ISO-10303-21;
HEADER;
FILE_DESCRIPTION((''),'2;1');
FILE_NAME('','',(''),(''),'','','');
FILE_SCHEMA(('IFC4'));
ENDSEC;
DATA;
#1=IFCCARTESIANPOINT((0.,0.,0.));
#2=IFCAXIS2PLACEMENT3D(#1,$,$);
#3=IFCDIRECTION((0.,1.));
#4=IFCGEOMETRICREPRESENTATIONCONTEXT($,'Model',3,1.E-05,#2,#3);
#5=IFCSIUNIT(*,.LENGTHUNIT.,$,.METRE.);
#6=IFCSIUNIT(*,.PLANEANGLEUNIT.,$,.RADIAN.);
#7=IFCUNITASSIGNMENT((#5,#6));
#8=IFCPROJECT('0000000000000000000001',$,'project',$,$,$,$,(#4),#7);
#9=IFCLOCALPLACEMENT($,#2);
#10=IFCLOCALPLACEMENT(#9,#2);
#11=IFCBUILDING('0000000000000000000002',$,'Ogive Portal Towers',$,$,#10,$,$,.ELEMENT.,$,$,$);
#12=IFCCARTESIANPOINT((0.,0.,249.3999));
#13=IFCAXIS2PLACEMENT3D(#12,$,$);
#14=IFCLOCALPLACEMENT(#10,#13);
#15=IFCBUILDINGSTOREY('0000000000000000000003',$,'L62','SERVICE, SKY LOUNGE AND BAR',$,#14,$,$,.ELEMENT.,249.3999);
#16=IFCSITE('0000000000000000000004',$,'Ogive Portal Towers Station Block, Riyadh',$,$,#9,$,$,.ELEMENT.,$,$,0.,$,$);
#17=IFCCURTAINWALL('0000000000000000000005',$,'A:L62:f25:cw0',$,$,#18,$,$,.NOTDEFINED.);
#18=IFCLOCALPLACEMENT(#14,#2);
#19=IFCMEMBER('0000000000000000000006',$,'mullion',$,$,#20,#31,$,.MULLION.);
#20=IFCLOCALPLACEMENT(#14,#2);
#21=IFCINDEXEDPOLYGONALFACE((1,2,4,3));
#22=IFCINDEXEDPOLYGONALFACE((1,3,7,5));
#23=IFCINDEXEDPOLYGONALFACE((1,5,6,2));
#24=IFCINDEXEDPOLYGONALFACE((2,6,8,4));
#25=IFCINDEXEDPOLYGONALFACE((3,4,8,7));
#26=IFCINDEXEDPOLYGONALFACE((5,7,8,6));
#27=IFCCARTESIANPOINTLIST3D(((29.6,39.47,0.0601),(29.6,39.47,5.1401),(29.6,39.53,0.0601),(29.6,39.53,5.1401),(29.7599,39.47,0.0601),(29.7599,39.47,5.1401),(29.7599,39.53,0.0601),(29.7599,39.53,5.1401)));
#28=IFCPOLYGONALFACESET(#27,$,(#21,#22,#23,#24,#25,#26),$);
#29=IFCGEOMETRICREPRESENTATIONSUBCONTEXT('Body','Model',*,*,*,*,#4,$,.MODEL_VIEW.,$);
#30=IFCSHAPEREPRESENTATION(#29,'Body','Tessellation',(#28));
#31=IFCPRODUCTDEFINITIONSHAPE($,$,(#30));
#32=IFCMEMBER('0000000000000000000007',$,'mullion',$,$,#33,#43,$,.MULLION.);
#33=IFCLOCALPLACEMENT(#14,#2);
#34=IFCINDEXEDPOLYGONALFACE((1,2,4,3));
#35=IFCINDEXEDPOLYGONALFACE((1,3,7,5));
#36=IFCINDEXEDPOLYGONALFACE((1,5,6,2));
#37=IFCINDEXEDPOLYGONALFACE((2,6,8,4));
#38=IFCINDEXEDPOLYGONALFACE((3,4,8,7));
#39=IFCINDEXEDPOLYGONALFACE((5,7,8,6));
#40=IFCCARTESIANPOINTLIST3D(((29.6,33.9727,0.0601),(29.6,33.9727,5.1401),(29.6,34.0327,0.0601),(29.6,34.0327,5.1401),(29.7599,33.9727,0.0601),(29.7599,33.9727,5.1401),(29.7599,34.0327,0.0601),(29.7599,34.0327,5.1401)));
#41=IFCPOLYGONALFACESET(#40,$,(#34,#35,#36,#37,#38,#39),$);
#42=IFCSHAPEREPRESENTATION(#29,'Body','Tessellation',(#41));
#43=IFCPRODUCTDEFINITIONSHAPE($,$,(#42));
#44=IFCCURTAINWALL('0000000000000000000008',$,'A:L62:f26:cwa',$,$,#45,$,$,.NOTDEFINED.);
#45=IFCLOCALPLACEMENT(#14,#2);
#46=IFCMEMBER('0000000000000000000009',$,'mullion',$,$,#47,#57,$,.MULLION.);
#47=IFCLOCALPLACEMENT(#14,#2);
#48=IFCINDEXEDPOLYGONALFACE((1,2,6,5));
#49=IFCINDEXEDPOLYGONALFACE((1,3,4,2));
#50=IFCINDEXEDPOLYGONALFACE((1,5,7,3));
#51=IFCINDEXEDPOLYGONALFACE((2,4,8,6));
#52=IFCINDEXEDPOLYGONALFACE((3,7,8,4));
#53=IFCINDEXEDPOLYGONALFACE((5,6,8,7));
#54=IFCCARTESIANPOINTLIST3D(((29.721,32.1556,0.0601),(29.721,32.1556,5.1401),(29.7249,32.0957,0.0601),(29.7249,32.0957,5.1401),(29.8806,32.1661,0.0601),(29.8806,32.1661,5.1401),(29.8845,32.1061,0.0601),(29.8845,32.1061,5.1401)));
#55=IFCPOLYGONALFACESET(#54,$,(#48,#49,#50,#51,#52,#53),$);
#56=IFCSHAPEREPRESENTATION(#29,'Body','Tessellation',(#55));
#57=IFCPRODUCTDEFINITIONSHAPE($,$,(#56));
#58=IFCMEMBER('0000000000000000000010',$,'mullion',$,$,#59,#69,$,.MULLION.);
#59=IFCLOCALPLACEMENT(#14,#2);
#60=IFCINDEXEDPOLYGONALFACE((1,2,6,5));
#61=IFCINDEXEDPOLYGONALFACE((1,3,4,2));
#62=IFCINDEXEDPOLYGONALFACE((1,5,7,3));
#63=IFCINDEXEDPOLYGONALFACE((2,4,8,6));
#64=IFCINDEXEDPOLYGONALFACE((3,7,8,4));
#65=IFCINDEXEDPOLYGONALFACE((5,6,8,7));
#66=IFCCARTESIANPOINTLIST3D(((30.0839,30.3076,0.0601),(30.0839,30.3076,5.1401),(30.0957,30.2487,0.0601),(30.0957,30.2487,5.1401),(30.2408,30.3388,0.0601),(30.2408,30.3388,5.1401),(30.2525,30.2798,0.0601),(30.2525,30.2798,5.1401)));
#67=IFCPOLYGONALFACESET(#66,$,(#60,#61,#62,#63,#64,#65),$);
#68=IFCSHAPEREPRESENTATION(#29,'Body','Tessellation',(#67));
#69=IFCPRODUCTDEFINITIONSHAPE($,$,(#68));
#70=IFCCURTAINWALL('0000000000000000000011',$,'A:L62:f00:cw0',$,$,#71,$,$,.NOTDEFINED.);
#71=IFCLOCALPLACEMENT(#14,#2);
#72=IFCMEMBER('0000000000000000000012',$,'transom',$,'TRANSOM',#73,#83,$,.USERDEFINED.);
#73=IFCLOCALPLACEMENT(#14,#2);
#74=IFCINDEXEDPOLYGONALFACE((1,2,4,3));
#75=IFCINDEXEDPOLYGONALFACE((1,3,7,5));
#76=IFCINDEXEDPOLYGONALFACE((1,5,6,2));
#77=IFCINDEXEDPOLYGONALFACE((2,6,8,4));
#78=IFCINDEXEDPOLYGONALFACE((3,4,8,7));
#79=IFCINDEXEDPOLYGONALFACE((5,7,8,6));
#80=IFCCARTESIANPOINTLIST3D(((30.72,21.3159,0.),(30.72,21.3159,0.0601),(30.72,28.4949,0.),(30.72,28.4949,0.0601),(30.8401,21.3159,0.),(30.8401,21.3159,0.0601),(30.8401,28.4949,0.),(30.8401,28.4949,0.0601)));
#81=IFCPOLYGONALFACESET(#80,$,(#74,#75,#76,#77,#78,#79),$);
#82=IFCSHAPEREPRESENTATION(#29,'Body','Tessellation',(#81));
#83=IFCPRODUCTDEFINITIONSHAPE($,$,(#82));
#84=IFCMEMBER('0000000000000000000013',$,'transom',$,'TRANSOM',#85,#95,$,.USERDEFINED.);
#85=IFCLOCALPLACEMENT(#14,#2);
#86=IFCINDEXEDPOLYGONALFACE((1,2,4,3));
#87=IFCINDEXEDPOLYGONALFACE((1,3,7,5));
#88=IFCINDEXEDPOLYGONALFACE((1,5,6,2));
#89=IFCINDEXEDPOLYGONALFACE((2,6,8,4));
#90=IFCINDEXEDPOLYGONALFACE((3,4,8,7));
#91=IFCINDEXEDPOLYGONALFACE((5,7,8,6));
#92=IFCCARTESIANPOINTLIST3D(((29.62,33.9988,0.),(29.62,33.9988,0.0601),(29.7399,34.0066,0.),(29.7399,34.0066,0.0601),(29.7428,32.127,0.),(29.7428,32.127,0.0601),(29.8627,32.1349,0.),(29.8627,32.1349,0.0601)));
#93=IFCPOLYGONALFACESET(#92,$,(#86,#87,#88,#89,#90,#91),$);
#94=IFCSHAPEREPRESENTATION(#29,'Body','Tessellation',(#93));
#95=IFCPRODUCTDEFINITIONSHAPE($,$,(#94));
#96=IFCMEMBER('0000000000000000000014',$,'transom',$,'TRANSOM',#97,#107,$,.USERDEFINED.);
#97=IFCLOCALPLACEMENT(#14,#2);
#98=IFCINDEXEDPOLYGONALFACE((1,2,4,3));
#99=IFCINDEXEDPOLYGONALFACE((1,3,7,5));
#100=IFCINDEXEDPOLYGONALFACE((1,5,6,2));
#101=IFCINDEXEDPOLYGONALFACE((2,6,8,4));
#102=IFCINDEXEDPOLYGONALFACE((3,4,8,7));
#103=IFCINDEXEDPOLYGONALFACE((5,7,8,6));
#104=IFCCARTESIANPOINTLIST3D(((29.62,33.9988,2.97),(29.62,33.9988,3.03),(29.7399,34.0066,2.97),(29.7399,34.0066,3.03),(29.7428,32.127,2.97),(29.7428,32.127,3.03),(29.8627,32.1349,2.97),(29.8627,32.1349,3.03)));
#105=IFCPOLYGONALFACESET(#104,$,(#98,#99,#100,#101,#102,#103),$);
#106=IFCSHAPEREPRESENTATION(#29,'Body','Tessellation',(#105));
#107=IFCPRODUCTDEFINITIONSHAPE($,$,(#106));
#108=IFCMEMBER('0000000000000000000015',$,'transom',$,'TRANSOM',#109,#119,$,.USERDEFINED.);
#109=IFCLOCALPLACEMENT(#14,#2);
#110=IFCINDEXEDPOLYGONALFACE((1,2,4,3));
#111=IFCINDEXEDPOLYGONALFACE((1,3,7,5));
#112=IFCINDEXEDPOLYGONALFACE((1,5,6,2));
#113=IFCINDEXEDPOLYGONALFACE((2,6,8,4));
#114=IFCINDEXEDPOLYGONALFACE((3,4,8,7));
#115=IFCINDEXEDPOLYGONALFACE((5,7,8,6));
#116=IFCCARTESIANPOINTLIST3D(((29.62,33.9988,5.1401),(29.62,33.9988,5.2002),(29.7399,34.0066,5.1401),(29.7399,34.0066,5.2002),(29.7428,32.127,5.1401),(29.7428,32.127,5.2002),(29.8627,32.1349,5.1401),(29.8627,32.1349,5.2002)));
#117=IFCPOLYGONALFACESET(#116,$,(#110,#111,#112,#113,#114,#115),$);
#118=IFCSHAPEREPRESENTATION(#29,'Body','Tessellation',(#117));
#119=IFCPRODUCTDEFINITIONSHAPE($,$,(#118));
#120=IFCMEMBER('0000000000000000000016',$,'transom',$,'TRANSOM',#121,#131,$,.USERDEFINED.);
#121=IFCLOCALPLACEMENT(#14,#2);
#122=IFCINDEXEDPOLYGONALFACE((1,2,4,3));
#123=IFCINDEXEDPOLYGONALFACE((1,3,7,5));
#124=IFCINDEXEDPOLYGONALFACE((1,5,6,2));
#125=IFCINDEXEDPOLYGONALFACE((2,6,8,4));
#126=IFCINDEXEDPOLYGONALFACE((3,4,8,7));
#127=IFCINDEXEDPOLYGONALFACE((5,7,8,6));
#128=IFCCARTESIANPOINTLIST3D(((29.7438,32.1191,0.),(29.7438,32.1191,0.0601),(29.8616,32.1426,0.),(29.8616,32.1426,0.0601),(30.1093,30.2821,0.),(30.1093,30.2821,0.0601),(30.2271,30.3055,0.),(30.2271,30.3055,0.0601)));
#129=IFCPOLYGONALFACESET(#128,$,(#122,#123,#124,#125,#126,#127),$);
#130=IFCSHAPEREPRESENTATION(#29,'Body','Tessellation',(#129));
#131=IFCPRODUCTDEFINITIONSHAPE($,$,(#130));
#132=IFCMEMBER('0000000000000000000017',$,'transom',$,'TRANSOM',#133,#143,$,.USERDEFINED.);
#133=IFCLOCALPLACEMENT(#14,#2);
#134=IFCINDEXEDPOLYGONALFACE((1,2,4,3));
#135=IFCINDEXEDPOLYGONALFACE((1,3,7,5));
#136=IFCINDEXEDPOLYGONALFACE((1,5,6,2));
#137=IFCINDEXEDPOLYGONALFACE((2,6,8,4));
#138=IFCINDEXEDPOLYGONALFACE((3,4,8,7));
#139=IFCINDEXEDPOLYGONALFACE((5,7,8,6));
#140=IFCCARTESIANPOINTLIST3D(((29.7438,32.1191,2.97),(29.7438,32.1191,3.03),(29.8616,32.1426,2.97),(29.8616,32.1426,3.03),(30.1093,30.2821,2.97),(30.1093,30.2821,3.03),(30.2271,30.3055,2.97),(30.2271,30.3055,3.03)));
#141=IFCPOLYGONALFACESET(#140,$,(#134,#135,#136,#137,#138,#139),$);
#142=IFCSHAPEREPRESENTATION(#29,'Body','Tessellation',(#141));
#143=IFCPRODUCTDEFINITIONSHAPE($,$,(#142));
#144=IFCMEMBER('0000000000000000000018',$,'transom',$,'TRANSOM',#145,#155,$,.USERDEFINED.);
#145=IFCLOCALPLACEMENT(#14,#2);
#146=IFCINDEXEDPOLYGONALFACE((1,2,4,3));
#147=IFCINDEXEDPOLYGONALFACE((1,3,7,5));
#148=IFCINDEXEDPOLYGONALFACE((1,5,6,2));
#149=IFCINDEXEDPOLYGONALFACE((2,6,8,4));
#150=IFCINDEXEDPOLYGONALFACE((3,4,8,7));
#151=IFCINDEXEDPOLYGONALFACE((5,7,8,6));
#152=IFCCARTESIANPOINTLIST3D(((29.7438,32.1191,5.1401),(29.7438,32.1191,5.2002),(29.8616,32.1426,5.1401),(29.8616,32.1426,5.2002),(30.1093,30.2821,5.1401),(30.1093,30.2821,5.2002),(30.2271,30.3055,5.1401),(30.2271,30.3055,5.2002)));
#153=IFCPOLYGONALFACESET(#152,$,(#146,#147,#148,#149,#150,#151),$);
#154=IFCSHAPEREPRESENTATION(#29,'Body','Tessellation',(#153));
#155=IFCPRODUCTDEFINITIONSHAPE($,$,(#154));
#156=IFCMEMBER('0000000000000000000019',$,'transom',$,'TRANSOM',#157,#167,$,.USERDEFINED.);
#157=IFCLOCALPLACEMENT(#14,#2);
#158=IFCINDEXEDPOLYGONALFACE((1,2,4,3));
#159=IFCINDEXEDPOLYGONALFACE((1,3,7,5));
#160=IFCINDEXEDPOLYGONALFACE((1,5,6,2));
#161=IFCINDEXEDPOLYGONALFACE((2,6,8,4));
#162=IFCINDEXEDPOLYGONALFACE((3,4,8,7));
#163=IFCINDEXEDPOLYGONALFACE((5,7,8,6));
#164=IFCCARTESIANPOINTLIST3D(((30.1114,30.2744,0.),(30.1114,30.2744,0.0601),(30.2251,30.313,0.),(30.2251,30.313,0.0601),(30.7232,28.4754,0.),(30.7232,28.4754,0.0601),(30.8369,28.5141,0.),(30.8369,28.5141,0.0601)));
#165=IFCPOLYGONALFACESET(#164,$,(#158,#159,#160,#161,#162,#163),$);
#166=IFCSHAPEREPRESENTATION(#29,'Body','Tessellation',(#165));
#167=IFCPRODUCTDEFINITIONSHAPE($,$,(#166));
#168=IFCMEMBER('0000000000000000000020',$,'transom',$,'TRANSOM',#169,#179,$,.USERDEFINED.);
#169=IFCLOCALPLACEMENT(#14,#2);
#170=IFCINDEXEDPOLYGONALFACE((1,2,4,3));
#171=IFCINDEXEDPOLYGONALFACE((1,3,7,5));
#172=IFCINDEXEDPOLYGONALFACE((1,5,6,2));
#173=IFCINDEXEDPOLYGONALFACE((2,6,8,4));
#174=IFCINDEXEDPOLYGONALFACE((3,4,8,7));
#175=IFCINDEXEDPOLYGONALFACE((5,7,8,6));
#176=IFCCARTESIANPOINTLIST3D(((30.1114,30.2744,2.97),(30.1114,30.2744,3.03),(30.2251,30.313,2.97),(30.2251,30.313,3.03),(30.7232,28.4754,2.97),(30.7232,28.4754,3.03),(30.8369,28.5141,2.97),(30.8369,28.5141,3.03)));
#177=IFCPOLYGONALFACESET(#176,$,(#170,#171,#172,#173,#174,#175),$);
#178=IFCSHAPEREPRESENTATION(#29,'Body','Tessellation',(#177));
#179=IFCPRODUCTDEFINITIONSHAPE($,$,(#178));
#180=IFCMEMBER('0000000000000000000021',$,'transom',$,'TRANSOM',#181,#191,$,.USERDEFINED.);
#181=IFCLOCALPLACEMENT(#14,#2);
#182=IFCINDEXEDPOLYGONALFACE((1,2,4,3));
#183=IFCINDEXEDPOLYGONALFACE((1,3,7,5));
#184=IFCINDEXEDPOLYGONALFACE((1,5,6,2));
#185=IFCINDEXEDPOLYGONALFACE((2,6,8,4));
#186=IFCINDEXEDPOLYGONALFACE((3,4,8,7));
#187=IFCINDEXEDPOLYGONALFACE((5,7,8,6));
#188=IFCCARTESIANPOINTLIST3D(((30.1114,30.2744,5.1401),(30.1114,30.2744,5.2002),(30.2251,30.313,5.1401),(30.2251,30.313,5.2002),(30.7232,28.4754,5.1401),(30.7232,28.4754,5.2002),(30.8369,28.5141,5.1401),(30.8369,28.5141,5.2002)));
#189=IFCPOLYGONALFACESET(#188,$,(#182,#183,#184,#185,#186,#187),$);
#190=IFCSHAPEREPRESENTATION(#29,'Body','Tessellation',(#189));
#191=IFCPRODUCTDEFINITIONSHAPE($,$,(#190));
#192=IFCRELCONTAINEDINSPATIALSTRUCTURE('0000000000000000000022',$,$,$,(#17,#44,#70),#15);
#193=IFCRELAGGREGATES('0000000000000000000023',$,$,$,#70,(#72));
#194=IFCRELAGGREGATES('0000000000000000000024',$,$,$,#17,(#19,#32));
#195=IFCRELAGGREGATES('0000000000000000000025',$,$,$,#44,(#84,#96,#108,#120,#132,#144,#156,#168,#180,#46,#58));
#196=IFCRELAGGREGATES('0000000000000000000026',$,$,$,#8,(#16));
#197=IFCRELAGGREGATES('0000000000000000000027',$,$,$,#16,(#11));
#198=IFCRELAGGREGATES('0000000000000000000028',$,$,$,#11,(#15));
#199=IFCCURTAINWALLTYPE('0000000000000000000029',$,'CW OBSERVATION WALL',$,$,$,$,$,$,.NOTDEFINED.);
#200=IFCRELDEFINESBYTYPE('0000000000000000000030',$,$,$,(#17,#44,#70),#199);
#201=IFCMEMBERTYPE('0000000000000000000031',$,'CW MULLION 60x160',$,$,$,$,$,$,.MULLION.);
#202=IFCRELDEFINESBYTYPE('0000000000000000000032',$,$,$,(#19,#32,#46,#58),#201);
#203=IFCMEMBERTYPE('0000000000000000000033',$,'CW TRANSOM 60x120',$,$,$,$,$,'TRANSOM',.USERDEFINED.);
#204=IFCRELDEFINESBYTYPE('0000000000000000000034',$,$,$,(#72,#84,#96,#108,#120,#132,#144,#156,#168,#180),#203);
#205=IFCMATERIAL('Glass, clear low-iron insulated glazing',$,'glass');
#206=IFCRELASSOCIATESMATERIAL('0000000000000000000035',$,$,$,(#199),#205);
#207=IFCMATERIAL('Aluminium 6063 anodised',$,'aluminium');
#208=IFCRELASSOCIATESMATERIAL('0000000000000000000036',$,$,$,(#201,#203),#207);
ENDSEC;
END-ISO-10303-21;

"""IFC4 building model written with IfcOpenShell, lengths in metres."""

from ifc_helpers import new_model, si_unit, direction, frame, origin, origin_2d, place, context, subcontext, project, spatial, rectangle, extrude, material, material_profile, profile_set, type_object, element, aggregate, save


model = new_model("IFC4")

# Units and contexts
model_context = context("Model", 3, precision=1e-05, world=origin(), true_north=direction((0.0, 1.0)))
body_context = subcontext(model_context, "Body", "Model", "MODEL_VIEW")
ifc_project = project(units=[si_unit("LENGTHUNIT", "METRE"), si_unit("PLANEANGLEUNIT", "RADIAN")], contexts=[model_context])

# Site, building, storey
site_placement = place(None, origin())
site = spatial("IfcSite", under=ifc_project, at=site_placement, Name="Ogive Portal Towers Station Block, Riyadh", CompositionType="ELEMENT", RefElevation=0.0)
building_placement = place(site_placement, origin())
building = spatial("IfcBuilding", under=site, at=building_placement, Name="Ogive Portal Towers", CompositionType="ELEMENT")
storey_placement = place(building_placement, frame((0.0, 0.0, 249.3999)))
storey = spatial("IfcBuildingStorey", under=building, at=storey_placement, Name="L62", Description="SERVICE, SKY LOUNGE AND BAR", CompositionType="ELEMENT", Elevation=249.3999)

# Curtain walls, members
ifc_material_1 = material(Name="Glass, clear low-iron insulated glazing", Category="glass")
curtain_wall_type = type_object("IfcCurtainWallType", Name="CW OBSERVATION WALL", PredefinedType="NOTDEFINED", material=ifc_material_1)
curtain_wall_1_placement = place(storey_placement, origin())
curtain_wall_1 = element("IfcCurtainWall", 1, at=curtain_wall_1_placement, inside=storey, type_object=curtain_wall_type, Name="A:L62:f25:cw0", PredefinedType="NOTDEFINED")
ifc_material_2 = material(Name="Aluminium 6063 anodised", Category="aluminium")
ifc_material_profile_1 = material_profile(ifc_material_2, rectangle(XDim=0.1599, YDim=0.0601, at=origin_2d()), Name="AL 60x160")
ifc_profile_set_1 = profile_set([ifc_material_profile_1], Name="Aluminium 6063 anodised")
member_type_1 = type_object("IfcMemberType", Name="CW MULLION 60x160", PredefinedType="MULLION", material=ifc_profile_set_1)
member_1_placement = place(storey_placement, frame((29.6799, 39.5, 0.0601), z_axis=(0.0, 0.0, 1.0), x_axis=(1.0, 0.0, 0.0)))
member_1 = element("IfcMember", 2, at=member_1_placement, type_object=member_type_1, Name="mullion", PredefinedType="MULLION", context=body_context, shape_type="SweptSolid", body=[
    extrude(rectangle(XDim=0.1599, YDim=0.0601, at=origin_2d()), origin(), (0.0, 0.0, 1.0), 5.0801),
])
member_2_placement = place(storey_placement, frame((29.6799, 34.0027, 0.0601), z_axis=(0.0, 0.0, 1.0), x_axis=(1.0, 0.0, 0.0)))
member_2 = element("IfcMember", 3, at=member_2_placement, type_object=member_type_1, Name="mullion", PredefinedType="MULLION", context=body_context, shape_type="SweptSolid", body=[
    extrude(rectangle(XDim=0.1599, YDim=0.0601, at=origin_2d()), origin(), (0.0, 0.0, 1.0), 5.0801),
])
curtain_wall_2_placement = place(storey_placement, origin())
curtain_wall_2 = element("IfcCurtainWall", 4, at=curtain_wall_2_placement, inside=storey, type_object=curtain_wall_type, Name="A:L62:f26:cwa", PredefinedType="NOTDEFINED")
member_3_placement = place(storey_placement, frame((29.8027, 32.1309, 0.0601), z_axis=(0.0, 0.0, 1.0), x_axis=(0.997859, 0.065403, 0.0)))
member_3 = element("IfcMember", 5, at=member_3_placement, type_object=member_type_1, Name="mullion", PredefinedType="MULLION", context=body_context, shape_type="SweptSolid", body=[
    extrude(rectangle(XDim=0.1599, YDim=0.0601, at=origin_2d()), origin(), (0.0, 0.0, 1.0), 5.0801),
])
member_4_placement = place(storey_placement, frame((30.1682, 30.2937, 0.0601), z_axis=(0.0, 0.0, 1.0), x_axis=(0.980785, 0.19509, 0.0)))
member_4 = element("IfcMember", 6, at=member_4_placement, type_object=member_type_1, Name="mullion", PredefinedType="MULLION", context=body_context, shape_type="SweptSolid", body=[
    extrude(rectangle(XDim=0.1599, YDim=0.0601, at=origin_2d()), origin(), (0.0, 0.0, 1.0), 5.0801),
])

# Curtain wall, member
curtain_wall_3_placement = place(storey_placement, origin())
curtain_wall_3 = element("IfcCurtainWall", 7, at=curtain_wall_3_placement, inside=storey, type_object=curtain_wall_type, Name="A:L62:f00:cw0", PredefinedType="NOTDEFINED")
ifc_material_profile_2 = material_profile(ifc_material_2, rectangle(XDim=0.1201, YDim=0.0601, at=origin_2d()), Name="AL 120x60")
ifc_profile_set_2 = profile_set([ifc_material_profile_2], Name="Aluminium 6063 anodised")
member_type_2 = type_object("IfcMemberType", Name="CW TRANSOM 60x120", ElementType="TRANSOM", PredefinedType="USERDEFINED", material=ifc_profile_set_2)
member_5_placement = place(storey_placement, frame((30.78, 28.4949, 0.03), z_axis=(0.0, -1.0, 0.0), x_axis=(1.0, 0.0, 0.0)))
member_5 = element("IfcMember", 8, at=member_5_placement, type_object=member_type_2, Name="transom", ObjectType="TRANSOM", PredefinedType="USERDEFINED", context=body_context, shape_type="SweptSolid", body=[
    extrude(rectangle(XDim=0.1201, YDim=0.0601, at=origin_2d()), origin(), (0.0, 0.0, 1.0), 7.179),
])
aggregate(curtain_wall_3, [member_5])

# Members
member_6_placement = place(storey_placement, frame((29.6799, 34.0027, 0.03), z_axis=(0.065465, -0.997855, 0.0), x_axis=(0.997855, 0.065465, 0.0)))
member_6 = element("IfcMember", 9, at=member_6_placement, type_object=member_type_2, Name="transom", ObjectType="TRANSOM", PredefinedType="USERDEFINED", context=body_context, shape_type="SweptSolid", body=[
    extrude(rectangle(XDim=0.1201, YDim=0.0601, at=origin_2d()), origin(), (0.0, 0.0, 1.0), 1.8757),
])
member_7_placement = place(storey_placement, frame((29.6799, 34.0027, 3.0), z_axis=(0.065465, -0.997855, 0.0), x_axis=(0.997855, 0.065465, 0.0)))
member_7 = element("IfcMember", 10, at=member_7_placement, type_object=member_type_2, Name="transom", ObjectType="TRANSOM", PredefinedType="USERDEFINED", context=body_context, shape_type="SweptSolid", body=[
    extrude(rectangle(XDim=0.1201, YDim=0.0601, at=origin_2d()), origin(), (0.0, 0.0, 1.0), 1.8757),
])
member_8_placement = place(storey_placement, frame((29.6799, 34.0027, 5.1702), z_axis=(0.065465, -0.997855, 0.0), x_axis=(0.997855, 0.065465, 0.0)))
member_8 = element("IfcMember", 11, at=member_8_placement, type_object=member_type_2, Name="transom", ObjectType="TRANSOM", PredefinedType="USERDEFINED", context=body_context, shape_type="SweptSolid", body=[
    extrude(rectangle(XDim=0.1201, YDim=0.0601, at=origin_2d()), origin(), (0.0, 0.0, 1.0), 1.8757),
])
member_9_placement = place(storey_placement, frame((29.8027, 32.1309, 0.03), z_axis=(0.195113, -0.980781, 0.0), x_axis=(0.980781, 0.195113, 0.0)))
member_9 = element("IfcMember", 12, at=member_9_placement, type_object=member_type_2, Name="transom", ObjectType="TRANSOM", PredefinedType="USERDEFINED", context=body_context, shape_type="SweptSolid", body=[
    extrude(rectangle(XDim=0.1201, YDim=0.0601, at=origin_2d()), origin(), (0.0, 0.0, 1.0), 1.873),
])
member_10_placement = place(storey_placement, frame((29.8027, 32.1309, 3.0), z_axis=(0.195113, -0.980781, 0.0), x_axis=(0.980781, 0.195113, 0.0)))
member_10 = element("IfcMember", 13, at=member_10_placement, type_object=member_type_2, Name="transom", ObjectType="TRANSOM", PredefinedType="USERDEFINED", context=body_context, shape_type="SweptSolid", body=[
    extrude(rectangle(XDim=0.1201, YDim=0.0601, at=origin_2d()), origin(), (0.0, 0.0, 1.0), 1.873),
])
member_11_placement = place(storey_placement, frame((29.8027, 32.1309, 5.1702), z_axis=(0.195113, -0.980781, 0.0), x_axis=(0.980781, 0.195113, 0.0)))
member_11 = element("IfcMember", 14, at=member_11_placement, type_object=member_type_2, Name="transom", ObjectType="TRANSOM", PredefinedType="USERDEFINED", context=body_context, shape_type="SweptSolid", body=[
    extrude(rectangle(XDim=0.1201, YDim=0.0601, at=origin_2d()), origin(), (0.0, 0.0, 1.0), 1.873),
])
member_12_placement = place(storey_placement, frame((30.1682, 30.2937, 0.03), z_axis=(0.322004, -0.946738, 0.0), x_axis=(0.946738, 0.322004, 0.0)))
member_12 = element("IfcMember", 15, at=member_12_placement, type_object=member_type_2, Name="transom", ObjectType="TRANSOM", PredefinedType="USERDEFINED", context=body_context, shape_type="SweptSolid", body=[
    extrude(rectangle(XDim=0.1201, YDim=0.0601, at=origin_2d()), origin(), (0.0, 0.0, 1.0), 1.9001),
])
member_13_placement = place(storey_placement, frame((30.1682, 30.2937, 3.0), z_axis=(0.322004, -0.946738, 0.0), x_axis=(0.946738, 0.322004, 0.0)))
member_13 = element("IfcMember", 16, at=member_13_placement, type_object=member_type_2, Name="transom", ObjectType="TRANSOM", PredefinedType="USERDEFINED", context=body_context, shape_type="SweptSolid", body=[
    extrude(rectangle(XDim=0.1201, YDim=0.0601, at=origin_2d()), origin(), (0.0, 0.0, 1.0), 1.9001),
])
member_14_placement = place(storey_placement, frame((30.1682, 30.2937, 5.1702), z_axis=(0.322004, -0.946738, 0.0), x_axis=(0.946738, 0.322004, 0.0)))
member_14 = element("IfcMember", 17, at=member_14_placement, type_object=member_type_2, Name="transom", ObjectType="TRANSOM", PredefinedType="USERDEFINED", context=body_context, shape_type="SweptSolid", body=[
    extrude(rectangle(XDim=0.1201, YDim=0.0601, at=origin_2d()), origin(), (0.0, 0.0, 1.0), 1.9001),
])

aggregate(curtain_wall_1, [member_1, member_2])
aggregate(curtain_wall_2, [member_6, member_7, member_8, member_9, member_10, member_11, member_12, member_13, member_14, member_3, member_4])

save(model, "model.ifc")
